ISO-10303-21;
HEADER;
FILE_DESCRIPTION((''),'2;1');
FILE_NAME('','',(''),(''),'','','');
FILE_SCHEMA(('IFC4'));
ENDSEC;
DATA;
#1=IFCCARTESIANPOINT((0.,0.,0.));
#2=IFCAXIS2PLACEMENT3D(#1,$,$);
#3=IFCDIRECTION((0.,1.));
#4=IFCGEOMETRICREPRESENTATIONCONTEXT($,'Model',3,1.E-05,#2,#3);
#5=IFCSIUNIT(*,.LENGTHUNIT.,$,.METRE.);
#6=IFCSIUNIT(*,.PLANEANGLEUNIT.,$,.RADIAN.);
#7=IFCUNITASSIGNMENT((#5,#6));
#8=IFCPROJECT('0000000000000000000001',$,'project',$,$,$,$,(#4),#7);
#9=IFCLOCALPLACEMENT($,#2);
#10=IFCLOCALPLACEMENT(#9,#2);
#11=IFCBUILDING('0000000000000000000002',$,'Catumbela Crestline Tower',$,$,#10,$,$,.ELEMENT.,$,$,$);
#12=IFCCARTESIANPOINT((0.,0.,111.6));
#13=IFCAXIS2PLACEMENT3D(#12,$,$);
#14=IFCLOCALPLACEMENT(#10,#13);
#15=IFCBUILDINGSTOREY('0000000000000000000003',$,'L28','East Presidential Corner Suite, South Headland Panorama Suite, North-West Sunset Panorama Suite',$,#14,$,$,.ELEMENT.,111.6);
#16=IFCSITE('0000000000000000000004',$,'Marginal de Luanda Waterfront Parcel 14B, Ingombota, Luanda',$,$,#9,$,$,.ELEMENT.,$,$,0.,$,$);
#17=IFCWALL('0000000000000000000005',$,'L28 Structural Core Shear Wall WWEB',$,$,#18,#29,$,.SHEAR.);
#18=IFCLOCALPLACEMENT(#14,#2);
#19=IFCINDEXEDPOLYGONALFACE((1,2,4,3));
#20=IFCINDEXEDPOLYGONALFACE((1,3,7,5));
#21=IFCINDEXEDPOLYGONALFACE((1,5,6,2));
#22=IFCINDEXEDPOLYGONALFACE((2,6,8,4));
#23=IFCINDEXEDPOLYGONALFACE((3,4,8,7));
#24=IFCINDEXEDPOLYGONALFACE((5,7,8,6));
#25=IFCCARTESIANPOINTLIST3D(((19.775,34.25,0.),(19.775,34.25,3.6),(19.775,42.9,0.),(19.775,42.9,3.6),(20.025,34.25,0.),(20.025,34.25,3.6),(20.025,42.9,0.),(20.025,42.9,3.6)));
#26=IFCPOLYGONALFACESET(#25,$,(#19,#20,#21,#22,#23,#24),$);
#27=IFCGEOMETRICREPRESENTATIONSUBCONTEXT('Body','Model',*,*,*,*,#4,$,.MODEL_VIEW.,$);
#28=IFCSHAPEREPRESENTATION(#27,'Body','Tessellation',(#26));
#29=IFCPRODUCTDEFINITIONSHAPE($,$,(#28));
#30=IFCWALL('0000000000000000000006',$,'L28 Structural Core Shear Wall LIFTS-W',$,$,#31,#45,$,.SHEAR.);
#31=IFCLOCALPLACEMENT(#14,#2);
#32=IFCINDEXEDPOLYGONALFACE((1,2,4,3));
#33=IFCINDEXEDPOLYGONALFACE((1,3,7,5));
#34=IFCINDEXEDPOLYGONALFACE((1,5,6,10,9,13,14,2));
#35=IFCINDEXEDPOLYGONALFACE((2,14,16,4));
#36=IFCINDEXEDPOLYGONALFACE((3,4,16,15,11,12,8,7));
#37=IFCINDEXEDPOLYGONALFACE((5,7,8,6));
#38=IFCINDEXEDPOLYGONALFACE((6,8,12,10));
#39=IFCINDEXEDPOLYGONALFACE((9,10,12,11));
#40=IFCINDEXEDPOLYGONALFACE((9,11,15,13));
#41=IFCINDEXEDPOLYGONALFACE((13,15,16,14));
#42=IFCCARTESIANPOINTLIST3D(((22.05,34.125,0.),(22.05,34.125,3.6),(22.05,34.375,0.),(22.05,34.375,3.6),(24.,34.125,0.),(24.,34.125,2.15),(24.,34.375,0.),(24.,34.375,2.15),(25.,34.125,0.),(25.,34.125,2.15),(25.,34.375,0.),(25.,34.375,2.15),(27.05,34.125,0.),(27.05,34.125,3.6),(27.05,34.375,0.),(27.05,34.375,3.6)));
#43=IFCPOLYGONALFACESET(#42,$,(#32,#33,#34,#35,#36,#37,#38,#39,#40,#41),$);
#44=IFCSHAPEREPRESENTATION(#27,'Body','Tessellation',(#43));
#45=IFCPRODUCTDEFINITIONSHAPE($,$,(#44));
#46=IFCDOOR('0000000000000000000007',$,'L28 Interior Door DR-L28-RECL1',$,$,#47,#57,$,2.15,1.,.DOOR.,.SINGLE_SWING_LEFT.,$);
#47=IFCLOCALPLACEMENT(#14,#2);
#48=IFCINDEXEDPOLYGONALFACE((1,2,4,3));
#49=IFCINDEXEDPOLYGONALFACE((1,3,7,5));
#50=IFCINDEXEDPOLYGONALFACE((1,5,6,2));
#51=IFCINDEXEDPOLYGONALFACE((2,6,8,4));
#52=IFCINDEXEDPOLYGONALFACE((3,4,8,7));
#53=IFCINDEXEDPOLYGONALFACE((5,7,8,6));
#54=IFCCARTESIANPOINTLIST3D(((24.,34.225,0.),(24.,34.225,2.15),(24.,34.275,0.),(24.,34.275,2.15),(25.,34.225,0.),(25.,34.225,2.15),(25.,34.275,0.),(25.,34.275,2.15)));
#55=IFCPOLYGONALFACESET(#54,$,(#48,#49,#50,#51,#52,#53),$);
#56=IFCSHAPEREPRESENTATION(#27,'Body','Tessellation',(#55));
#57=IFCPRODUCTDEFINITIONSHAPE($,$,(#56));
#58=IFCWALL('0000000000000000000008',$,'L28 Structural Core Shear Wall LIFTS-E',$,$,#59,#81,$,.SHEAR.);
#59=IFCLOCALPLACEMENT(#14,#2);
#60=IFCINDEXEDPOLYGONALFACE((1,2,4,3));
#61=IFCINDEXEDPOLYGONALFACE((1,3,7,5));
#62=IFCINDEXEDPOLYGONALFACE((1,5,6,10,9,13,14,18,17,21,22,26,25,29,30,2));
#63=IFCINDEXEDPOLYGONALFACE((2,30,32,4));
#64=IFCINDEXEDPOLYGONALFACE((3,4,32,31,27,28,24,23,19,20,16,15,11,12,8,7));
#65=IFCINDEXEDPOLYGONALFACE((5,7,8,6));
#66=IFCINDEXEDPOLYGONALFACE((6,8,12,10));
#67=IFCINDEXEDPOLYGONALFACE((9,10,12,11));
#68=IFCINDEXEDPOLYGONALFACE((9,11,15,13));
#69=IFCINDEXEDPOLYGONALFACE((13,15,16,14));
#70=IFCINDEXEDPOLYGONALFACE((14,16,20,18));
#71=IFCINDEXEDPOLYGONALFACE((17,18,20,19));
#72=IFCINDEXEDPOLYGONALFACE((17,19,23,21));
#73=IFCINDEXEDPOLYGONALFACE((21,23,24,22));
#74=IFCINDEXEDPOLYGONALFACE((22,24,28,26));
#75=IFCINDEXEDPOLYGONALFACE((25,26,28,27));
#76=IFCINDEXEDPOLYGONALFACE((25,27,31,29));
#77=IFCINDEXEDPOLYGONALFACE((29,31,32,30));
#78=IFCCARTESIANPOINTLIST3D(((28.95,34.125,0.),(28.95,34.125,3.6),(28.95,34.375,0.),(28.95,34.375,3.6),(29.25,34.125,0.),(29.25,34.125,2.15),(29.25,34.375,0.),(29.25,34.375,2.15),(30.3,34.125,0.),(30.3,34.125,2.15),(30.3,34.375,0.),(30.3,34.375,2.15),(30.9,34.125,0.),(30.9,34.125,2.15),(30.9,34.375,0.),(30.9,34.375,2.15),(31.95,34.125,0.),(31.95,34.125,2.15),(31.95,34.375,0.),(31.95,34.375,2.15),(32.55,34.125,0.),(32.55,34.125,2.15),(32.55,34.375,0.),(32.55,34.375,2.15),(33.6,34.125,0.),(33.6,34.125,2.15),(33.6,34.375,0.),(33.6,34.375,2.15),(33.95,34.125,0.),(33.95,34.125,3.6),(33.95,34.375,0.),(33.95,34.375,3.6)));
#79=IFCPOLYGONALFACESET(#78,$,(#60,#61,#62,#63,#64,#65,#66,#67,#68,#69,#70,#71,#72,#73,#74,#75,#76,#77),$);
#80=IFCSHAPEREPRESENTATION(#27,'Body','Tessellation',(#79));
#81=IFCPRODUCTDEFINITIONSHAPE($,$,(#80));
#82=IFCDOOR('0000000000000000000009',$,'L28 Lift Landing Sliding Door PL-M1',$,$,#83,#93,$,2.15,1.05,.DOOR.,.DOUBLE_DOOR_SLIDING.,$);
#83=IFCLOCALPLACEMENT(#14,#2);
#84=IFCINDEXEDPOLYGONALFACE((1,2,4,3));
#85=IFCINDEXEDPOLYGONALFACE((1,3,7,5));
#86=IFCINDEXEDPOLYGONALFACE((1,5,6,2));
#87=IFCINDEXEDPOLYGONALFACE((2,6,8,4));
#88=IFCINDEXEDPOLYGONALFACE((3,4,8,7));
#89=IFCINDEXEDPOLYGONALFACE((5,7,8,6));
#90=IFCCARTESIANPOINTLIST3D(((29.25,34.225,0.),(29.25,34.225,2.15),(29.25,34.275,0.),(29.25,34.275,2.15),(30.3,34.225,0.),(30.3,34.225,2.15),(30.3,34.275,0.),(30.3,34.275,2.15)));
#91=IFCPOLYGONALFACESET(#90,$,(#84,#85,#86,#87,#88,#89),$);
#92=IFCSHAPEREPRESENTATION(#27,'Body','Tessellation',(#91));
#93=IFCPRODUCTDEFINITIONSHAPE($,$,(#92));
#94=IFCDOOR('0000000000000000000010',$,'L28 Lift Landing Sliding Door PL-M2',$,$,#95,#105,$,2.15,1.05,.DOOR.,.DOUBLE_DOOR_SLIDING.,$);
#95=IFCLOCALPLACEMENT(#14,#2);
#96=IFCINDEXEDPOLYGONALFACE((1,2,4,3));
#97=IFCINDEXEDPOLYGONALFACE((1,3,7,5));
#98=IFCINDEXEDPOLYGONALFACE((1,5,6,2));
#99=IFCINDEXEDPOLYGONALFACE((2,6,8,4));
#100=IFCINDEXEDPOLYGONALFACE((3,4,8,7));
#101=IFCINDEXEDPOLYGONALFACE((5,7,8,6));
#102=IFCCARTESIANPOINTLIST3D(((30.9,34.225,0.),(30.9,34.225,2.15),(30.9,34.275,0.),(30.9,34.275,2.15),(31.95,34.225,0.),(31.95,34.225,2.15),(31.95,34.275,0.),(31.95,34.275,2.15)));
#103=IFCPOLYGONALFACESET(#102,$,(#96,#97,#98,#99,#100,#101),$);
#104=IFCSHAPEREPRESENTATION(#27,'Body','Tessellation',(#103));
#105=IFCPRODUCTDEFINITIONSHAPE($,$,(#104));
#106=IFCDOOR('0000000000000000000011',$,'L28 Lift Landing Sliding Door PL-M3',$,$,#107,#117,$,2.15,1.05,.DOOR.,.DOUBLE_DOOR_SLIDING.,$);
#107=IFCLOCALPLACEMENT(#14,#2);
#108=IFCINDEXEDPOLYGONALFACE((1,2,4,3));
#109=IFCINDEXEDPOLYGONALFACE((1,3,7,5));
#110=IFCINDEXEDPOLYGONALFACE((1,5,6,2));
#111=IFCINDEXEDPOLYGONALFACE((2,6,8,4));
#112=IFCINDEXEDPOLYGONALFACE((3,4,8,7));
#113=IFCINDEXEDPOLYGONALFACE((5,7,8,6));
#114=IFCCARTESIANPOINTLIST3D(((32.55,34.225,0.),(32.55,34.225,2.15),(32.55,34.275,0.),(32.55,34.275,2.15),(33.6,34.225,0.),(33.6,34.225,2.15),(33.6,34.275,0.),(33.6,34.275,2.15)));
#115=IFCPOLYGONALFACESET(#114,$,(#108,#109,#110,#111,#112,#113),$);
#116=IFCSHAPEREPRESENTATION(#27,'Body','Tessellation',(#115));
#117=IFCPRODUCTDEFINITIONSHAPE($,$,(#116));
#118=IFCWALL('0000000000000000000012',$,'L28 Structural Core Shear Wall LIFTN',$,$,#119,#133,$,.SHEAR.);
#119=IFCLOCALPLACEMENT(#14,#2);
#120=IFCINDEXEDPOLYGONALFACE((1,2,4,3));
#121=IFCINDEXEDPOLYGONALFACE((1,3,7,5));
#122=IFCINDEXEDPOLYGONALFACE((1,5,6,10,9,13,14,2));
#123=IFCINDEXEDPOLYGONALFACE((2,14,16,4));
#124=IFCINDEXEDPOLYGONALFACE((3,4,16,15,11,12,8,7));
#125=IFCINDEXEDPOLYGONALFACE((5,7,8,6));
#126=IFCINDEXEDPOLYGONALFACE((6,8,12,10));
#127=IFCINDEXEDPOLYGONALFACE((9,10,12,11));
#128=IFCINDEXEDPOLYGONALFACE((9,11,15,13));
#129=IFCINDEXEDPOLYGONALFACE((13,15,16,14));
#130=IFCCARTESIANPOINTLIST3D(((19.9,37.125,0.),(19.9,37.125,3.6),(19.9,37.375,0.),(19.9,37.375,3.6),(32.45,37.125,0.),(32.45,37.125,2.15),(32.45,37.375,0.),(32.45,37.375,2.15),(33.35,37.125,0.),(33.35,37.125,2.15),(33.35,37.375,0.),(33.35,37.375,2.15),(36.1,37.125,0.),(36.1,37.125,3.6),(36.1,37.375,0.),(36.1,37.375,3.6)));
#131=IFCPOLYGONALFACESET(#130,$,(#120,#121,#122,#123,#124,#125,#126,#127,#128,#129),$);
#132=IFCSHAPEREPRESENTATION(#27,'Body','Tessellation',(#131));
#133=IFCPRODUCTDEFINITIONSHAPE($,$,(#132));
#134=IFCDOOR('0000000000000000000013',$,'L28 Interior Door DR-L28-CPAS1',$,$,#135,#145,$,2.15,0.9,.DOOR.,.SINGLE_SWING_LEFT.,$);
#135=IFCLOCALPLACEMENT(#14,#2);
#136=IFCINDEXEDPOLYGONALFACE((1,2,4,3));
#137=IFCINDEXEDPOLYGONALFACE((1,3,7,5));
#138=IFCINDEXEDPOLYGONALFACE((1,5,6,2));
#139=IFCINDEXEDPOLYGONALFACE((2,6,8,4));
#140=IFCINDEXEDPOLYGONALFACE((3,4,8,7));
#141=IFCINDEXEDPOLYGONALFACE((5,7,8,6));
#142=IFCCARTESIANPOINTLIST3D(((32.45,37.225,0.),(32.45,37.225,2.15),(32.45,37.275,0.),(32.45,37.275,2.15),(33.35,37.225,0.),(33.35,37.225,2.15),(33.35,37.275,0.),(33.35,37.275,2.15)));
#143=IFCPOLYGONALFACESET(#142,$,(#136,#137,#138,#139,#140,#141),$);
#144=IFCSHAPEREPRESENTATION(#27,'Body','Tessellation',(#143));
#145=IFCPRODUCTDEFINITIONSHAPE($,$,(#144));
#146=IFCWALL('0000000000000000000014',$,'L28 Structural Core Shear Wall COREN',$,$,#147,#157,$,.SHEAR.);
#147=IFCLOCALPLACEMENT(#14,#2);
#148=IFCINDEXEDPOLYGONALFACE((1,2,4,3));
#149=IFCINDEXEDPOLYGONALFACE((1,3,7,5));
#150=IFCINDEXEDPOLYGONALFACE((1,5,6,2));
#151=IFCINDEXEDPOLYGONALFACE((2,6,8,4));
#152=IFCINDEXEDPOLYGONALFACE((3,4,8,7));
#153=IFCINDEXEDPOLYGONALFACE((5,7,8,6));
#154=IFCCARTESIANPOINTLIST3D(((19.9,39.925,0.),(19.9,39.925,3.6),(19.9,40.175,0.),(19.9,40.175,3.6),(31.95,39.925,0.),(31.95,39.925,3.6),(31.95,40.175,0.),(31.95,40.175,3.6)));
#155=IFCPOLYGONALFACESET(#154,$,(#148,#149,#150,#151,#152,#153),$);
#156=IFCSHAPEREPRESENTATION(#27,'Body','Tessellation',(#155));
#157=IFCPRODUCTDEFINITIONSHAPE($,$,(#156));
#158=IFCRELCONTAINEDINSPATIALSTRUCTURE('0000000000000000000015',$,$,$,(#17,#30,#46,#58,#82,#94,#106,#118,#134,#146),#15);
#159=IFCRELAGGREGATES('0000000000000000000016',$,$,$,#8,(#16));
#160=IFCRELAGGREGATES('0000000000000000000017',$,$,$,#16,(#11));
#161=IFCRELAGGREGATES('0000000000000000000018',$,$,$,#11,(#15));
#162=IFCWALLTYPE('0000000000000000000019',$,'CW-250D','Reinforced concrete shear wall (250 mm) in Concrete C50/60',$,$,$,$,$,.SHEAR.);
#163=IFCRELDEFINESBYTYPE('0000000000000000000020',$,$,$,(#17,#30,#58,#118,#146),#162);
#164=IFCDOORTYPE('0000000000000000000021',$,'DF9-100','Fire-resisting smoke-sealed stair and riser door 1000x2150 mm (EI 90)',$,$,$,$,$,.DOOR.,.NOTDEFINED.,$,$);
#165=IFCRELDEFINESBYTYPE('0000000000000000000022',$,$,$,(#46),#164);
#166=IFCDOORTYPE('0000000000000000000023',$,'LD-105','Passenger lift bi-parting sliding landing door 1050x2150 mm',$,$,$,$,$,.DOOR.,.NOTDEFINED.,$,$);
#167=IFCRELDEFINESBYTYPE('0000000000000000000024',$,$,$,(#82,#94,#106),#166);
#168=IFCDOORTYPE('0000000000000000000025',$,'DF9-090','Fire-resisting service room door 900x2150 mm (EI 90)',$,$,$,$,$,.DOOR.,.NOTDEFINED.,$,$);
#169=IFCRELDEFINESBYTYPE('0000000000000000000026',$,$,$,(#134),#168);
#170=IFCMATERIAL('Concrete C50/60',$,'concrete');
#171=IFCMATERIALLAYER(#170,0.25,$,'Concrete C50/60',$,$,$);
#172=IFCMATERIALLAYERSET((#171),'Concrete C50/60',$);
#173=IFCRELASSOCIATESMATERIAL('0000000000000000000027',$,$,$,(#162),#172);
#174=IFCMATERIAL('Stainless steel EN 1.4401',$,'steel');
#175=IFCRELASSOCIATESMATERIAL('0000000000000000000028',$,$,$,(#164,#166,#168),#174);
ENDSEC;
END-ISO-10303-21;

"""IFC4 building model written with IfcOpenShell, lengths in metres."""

from ifc_helpers import new_model, si_unit, direction, frame, frame_2d, origin, place, context, subcontext, project, spatial, rectangle, extrude, material, layer, layer_set, type_object, element, fill, save


model = new_model("IFC4")

# Units and contexts
model_context = context("Model", 3, precision=1e-05, world=origin(), true_north=direction((0.0, 1.0)))
body_context = subcontext(model_context, "Body", "Model", "MODEL_VIEW")
ifc_project = project(units=[si_unit("LENGTHUNIT", "METRE"), si_unit("PLANEANGLEUNIT", "RADIAN")], contexts=[model_context])

# Site, building, storey
site_placement = place(None, origin())
site = spatial("IfcSite", under=ifc_project, at=site_placement, Name="Marginal de Luanda Waterfront Parcel 14B, Ingombota, Luanda", CompositionType="ELEMENT", RefElevation=0.0)
building_placement = place(site_placement, origin())
building = spatial("IfcBuilding", under=site, at=building_placement, Name="Catumbela Crestline Tower", CompositionType="ELEMENT")
storey_placement = place(building_placement, frame((0.0, 0.0, 111.6)))
storey = spatial("IfcBuildingStorey", under=building, at=storey_placement, Name="L28", Description="East Presidential Corner Suite, South Headland Panorama Suite, North-West Sunset Panorama Suite", CompositionType="ELEMENT", Elevation=111.6)

# Wall
ifc_material_1 = material(Name="Concrete C50/60", Category="concrete")
ifc_layer_1 = layer(ifc_material_1, 0.25, Name="Concrete C50/60")
ifc_layer_set_1 = layer_set([ifc_layer_1], Name="Concrete C50/60")
wall_type_1 = type_object("IfcWallType", Name="CW-250D", Description="Reinforced concrete shear wall (250 mm) in Concrete C50/60", PredefinedType="SHEAR", material=ifc_layer_set_1)
wall_1_placement = place(storey_placement, frame((19.9, 34.25, 0.0), z_axis=(0.0, 0.0, 1.0), x_axis=(0.0, 1.0, 0.0)))
element("IfcWall", 1, at=wall_1_placement, inside=storey, type_object=wall_type_1, Name="L28 Structural Core Shear Wall WWEB", PredefinedType="SHEAR", context=body_context, shape_type="SweptSolid", body=[
    extrude(rectangle(XDim=8.65, YDim=0.25, at=frame_2d((4.325, 0.0))), origin(), (0.0, 0.0, 1.0), 3.6),
])

# Wall, opening, door
wall_2_placement = place(storey_placement, frame((22.05, 34.25, 0.0), z_axis=(0.0, 0.0, 1.0), x_axis=(1.0, 0.0, 0.0)))
wall_2 = element("IfcWall", 2, at=wall_2_placement, inside=storey, type_object=wall_type_1, Name="L28 Structural Core Shear Wall LIFTS-W", PredefinedType="SHEAR", context=body_context, shape_type="SweptSolid", body=[
    extrude(rectangle(XDim=5.0, YDim=0.25, at=frame_2d((2.5, 0.0))), origin(), (0.0, 0.0, 1.0), 3.6),
])
opening_1_placement = place(wall_2_placement, frame((1.95, 0.0, 0.0)))
opening_1 = element("IfcOpeningElement", 3, at=opening_1_placement, cuts=wall_2, PredefinedType="OPENING", context=body_context, shape_type="SweptSolid", body=[
    extrude(rectangle(XDim=1.0, YDim=2.15, at=frame_2d((0.5, 1.075))), frame((0.0, 0.135, 0.0), z_axis=(0.0, -1.0, 0.0), x_axis=(1.0, 0.0, 0.0)), (0.0, 0.0, 1.0), 0.27),
])
ifc_material_2 = material(Name="Stainless steel EN 1.4401", Category="steel")
door_type_1 = type_object("IfcDoorType", Name="DF9-100", Description="Fire-resisting smoke-sealed stair and riser door 1000x2150 mm (EI 90)", OperationType="NOTDEFINED", PredefinedType="DOOR", material=ifc_material_2)
door_1_placement = place(opening_1_placement, origin())
door_1 = element("IfcDoor", 4, at=door_1_placement, inside=storey, type_object=door_type_1, Name="L28 Interior Door DR-L28-RECL1", OperationType="SINGLE_SWING_LEFT", OverallHeight=2.15, OverallWidth=1.0, PredefinedType="DOOR", context=body_context, shape_type="SweptSolid", body=[
    extrude(rectangle(XDim=1.0, YDim=2.15, at=frame_2d((0.5, 1.075))), frame((0.0, 0.025, 0.0), z_axis=(0.0, -1.0, 0.0), x_axis=(1.0, 0.0, 0.0)), (0.0, 0.0, 1.0), 0.05),
])
fill(opening_1, door_1)

# Wall, openings, doors
wall_3_placement = place(storey_placement, frame((28.95, 34.25, 0.0), z_axis=(0.0, 0.0, 1.0), x_axis=(1.0, 0.0, 0.0)))
wall_3 = element("IfcWall", 5, at=wall_3_placement, inside=storey, type_object=wall_type_1, Name="L28 Structural Core Shear Wall LIFTS-E", PredefinedType="SHEAR", context=body_context, shape_type="SweptSolid", body=[
    extrude(rectangle(XDim=5.0, YDim=0.25, at=frame_2d((2.5, 0.0))), origin(), (0.0, 0.0, 1.0), 3.6),
])
opening_2_placement = place(wall_3_placement, frame((0.3, 0.0, 0.0)))
opening_2 = element("IfcOpeningElement", 6, at=opening_2_placement, cuts=wall_3, PredefinedType="OPENING", context=body_context, shape_type="SweptSolid", body=[
    extrude(rectangle(XDim=1.05, YDim=2.15, at=frame_2d((0.525, 1.075))), frame((0.0, 0.135, 0.0), z_axis=(0.0, -1.0, 0.0), x_axis=(1.0, 0.0, 0.0)), (0.0, 0.0, 1.0), 0.27),
])
opening_3_placement = place(wall_3_placement, frame((1.95, 0.0, 0.0)))
opening_3 = element("IfcOpeningElement", 7, at=opening_3_placement, cuts=wall_3, PredefinedType="OPENING", context=body_context, shape_type="SweptSolid", body=[
    extrude(rectangle(XDim=1.05, YDim=2.15, at=frame_2d((0.525, 1.075))), frame((0.0, 0.135, 0.0), z_axis=(0.0, -1.0, 0.0), x_axis=(1.0, 0.0, 0.0)), (0.0, 0.0, 1.0), 0.27),
])
opening_4_placement = place(wall_3_placement, frame((3.6, 0.0, 0.0)))
opening_4 = element("IfcOpeningElement", 8, at=opening_4_placement, cuts=wall_3, PredefinedType="OPENING", context=body_context, shape_type="SweptSolid", body=[
    extrude(rectangle(XDim=1.05, YDim=2.15, at=frame_2d((0.525, 1.075))), frame((0.0, 0.135, 0.0), z_axis=(0.0, -1.0, 0.0), x_axis=(1.0, 0.0, 0.0)), (0.0, 0.0, 1.0), 0.27),
])
door_type_2 = type_object("IfcDoorType", Name="LD-105", Description="Passenger lift bi-parting sliding landing door 1050x2150 mm", OperationType="NOTDEFINED", PredefinedType="DOOR", material=ifc_material_2)
door_2_placement = place(opening_2_placement, origin())
door_2 = element("IfcDoor", 9, at=door_2_placement, inside=storey, type_object=door_type_2, Name="L28 Lift Landing Sliding Door PL-M1", OperationType="DOUBLE_DOOR_SLIDING", OverallHeight=2.15, OverallWidth=1.05, PredefinedType="DOOR", context=body_context, shape_type="SweptSolid", body=[
    extrude(rectangle(XDim=1.05, YDim=2.15, at=frame_2d((0.525, 1.075))), frame((0.0, 0.025, 0.0), z_axis=(0.0, -1.0, 0.0), x_axis=(1.0, 0.0, 0.0)), (0.0, 0.0, 1.0), 0.05),
])
fill(opening_2, door_2)
door_3_placement = place(opening_3_placement, origin())
door_3 = element("IfcDoor", 10, at=door_3_placement, inside=storey, type_object=door_type_2, Name="L28 Lift Landing Sliding Door PL-M2", OperationType="DOUBLE_DOOR_SLIDING", OverallHeight=2.15, OverallWidth=1.05, PredefinedType="DOOR", context=body_context, shape_type="SweptSolid", body=[
    extrude(rectangle(XDim=1.05, YDim=2.15, at=frame_2d((0.525, 1.075))), frame((0.0, 0.025, 0.0), z_axis=(0.0, -1.0, 0.0), x_axis=(1.0, 0.0, 0.0)), (0.0, 0.0, 1.0), 0.05),
])
fill(opening_3, door_3)
door_4_placement = place(opening_4_placement, origin())
door_4 = element("IfcDoor", 11, at=door_4_placement, inside=storey, type_object=door_type_2, Name="L28 Lift Landing Sliding Door PL-M3", OperationType="DOUBLE_DOOR_SLIDING", OverallHeight=2.15, OverallWidth=1.05, PredefinedType="DOOR", context=body_context, shape_type="SweptSolid", body=[
    extrude(rectangle(XDim=1.05, YDim=2.15, at=frame_2d((0.525, 1.075))), frame((0.0, 0.025, 0.0), z_axis=(0.0, -1.0, 0.0), x_axis=(1.0, 0.0, 0.0)), (0.0, 0.0, 1.0), 0.05),
])
fill(opening_4, door_4)

# Wall, opening, door
wall_4_placement = place(storey_placement, frame((19.9, 37.25, 0.0), z_axis=(0.0, 0.0, 1.0), x_axis=(1.0, 0.0, 0.0)))
wall_4 = element("IfcWall", 12, at=wall_4_placement, inside=storey, type_object=wall_type_1, Name="L28 Structural Core Shear Wall LIFTN", PredefinedType="SHEAR", context=body_context, shape_type="SweptSolid", body=[
    extrude(rectangle(XDim=16.2, YDim=0.25, at=frame_2d((8.1, 0.0))), origin(), (0.0, 0.0, 1.0), 3.6),
])
opening_5_placement = place(wall_4_placement, frame((12.55, 0.0, 0.0)))
opening_5 = element("IfcOpeningElement", 13, at=opening_5_placement, cuts=wall_4, PredefinedType="OPENING", context=body_context, shape_type="SweptSolid", body=[
    extrude(rectangle(XDim=0.9, YDim=2.15, at=frame_2d((0.45, 1.075))), frame((0.0, 0.135, 0.0), z_axis=(0.0, -1.0, 0.0), x_axis=(1.0, 0.0, 0.0)), (0.0, 0.0, 1.0), 0.27),
])
door_type_3 = type_object("IfcDoorType", Name="DF9-090", Description="Fire-resisting service room door 900x2150 mm (EI 90)", OperationType="NOTDEFINED", PredefinedType="DOOR", material=ifc_material_2)
door_5_placement = place(opening_5_placement, origin())
door_5 = element("IfcDoor", 14, at=door_5_placement, inside=storey, type_object=door_type_3, Name="L28 Interior Door DR-L28-CPAS1", OperationType="SINGLE_SWING_LEFT", OverallHeight=2.15, OverallWidth=0.9, PredefinedType="DOOR", context=body_context, shape_type="SweptSolid", body=[
    extrude(rectangle(XDim=0.9, YDim=2.15, at=frame_2d((0.45, 1.075))), frame((0.0, 0.025, 0.0), z_axis=(0.0, -1.0, 0.0), x_axis=(1.0, 0.0, 0.0)), (0.0, 0.0, 1.0), 0.05),
])
fill(opening_5, door_5)

# Wall
wall_5_placement = place(storey_placement, frame((19.9, 40.05, 0.0), z_axis=(0.0, 0.0, 1.0), x_axis=(1.0, 0.0, 0.0)))
element("IfcWall", 15, at=wall_5_placement, inside=storey, type_object=wall_type_1, Name="L28 Structural Core Shear Wall COREN", PredefinedType="SHEAR", context=body_context, shape_type="SweptSolid", body=[
    extrude(rectangle(XDim=12.05, YDim=0.25, at=frame_2d((6.025, 0.0))), origin(), (0.0, 0.0, 1.0), 3.6),
])

save(model, "model.ifc")
